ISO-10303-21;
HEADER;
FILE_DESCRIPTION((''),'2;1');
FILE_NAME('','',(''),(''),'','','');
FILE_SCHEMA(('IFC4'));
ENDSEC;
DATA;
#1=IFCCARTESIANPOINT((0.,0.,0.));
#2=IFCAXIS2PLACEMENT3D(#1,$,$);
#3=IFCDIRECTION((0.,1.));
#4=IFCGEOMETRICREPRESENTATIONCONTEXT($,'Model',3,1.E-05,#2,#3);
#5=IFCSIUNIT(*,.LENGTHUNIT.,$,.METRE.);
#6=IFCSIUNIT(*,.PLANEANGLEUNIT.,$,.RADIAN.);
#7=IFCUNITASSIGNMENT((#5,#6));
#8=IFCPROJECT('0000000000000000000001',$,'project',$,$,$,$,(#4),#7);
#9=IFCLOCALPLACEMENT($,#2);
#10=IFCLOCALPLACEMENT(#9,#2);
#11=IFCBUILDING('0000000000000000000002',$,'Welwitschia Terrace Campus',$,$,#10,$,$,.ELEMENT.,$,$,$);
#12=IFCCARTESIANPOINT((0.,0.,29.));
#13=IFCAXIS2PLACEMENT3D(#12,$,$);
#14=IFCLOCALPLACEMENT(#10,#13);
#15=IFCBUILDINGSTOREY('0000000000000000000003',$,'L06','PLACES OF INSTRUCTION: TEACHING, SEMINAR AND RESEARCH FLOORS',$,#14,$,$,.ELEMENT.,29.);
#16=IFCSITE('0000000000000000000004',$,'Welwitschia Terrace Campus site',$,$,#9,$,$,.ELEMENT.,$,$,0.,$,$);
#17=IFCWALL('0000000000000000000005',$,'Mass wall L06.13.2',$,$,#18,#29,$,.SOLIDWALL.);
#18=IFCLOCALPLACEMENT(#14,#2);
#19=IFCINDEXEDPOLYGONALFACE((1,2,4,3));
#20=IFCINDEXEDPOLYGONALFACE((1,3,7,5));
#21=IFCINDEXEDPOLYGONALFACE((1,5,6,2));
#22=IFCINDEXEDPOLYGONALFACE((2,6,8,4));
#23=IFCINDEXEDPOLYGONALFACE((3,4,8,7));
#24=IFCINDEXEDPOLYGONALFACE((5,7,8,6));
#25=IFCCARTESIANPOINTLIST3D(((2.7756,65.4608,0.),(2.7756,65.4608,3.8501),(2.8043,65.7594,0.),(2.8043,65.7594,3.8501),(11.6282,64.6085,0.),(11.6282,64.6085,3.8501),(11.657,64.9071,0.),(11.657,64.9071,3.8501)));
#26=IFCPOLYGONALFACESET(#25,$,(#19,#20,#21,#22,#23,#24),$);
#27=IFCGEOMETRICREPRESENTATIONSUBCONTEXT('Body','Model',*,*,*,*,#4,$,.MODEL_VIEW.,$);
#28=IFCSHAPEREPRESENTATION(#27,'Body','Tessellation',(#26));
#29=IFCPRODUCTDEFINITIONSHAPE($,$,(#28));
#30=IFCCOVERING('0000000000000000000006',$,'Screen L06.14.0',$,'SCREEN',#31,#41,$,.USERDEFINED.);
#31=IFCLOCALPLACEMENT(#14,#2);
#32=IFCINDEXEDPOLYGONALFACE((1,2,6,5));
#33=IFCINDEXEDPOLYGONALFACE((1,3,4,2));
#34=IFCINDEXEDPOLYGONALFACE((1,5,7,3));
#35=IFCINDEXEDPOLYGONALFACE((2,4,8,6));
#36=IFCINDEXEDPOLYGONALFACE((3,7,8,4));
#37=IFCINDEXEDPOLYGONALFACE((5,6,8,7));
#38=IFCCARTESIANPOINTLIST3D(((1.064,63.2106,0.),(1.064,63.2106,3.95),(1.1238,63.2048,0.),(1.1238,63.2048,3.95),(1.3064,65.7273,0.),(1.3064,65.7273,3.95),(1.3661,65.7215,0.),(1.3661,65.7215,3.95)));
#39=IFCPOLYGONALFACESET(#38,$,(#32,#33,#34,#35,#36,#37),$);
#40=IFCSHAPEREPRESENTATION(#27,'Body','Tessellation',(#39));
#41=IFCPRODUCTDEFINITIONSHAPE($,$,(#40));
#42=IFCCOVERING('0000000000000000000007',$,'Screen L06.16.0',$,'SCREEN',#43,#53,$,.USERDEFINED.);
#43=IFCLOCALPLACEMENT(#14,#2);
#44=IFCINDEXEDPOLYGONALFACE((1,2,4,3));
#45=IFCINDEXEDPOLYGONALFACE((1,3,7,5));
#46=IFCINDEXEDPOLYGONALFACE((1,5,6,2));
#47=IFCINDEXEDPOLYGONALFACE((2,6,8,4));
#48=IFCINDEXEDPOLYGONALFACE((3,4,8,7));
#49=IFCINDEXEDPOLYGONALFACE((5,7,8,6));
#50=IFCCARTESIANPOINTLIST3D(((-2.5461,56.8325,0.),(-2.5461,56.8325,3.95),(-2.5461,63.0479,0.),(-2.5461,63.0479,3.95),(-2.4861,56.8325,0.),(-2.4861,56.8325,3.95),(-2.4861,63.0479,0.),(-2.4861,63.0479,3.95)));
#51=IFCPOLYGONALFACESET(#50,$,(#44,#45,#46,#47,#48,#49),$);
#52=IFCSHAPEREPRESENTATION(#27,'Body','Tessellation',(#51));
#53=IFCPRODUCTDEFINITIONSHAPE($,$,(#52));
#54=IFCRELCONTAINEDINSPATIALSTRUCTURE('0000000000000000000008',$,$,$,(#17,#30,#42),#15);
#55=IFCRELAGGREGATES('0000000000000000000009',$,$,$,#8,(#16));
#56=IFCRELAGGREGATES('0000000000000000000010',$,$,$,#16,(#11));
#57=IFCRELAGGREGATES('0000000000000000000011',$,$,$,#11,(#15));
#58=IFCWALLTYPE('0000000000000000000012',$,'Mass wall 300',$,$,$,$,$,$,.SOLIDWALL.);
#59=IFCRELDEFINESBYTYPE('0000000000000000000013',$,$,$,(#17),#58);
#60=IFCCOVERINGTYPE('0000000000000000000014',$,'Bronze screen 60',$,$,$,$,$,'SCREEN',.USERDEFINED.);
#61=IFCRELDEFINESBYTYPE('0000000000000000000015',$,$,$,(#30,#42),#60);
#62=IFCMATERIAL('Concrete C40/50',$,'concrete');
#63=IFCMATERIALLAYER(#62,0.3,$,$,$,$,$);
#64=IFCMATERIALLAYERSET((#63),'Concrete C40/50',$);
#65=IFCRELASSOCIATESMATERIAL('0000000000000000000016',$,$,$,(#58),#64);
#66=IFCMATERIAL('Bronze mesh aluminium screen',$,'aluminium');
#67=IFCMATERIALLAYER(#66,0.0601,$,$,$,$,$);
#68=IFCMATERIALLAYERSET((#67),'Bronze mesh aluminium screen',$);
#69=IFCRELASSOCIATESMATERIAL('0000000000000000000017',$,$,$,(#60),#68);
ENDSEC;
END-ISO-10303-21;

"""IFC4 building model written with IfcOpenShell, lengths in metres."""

from ifc_helpers import new_model, si_unit, direction, frame, frame_2d, origin, origin_2d, place, context, subcontext, project, spatial, rectangle, extrude, material, layer, layer_set, type_object, element, save


model = new_model("IFC4")

# Units and contexts
model_context = context("Model", 3, precision=1e-05, world=origin(), true_north=direction((0.0, 1.0)))
body_context = subcontext(model_context, "Body", "Model", "MODEL_VIEW")
ifc_project = project(units=[si_unit("LENGTHUNIT", "METRE"), si_unit("PLANEANGLEUNIT", "RADIAN")], contexts=[model_context])

# Site, building, storey
site_placement = place(None, origin())
site = spatial("IfcSite", under=ifc_project, at=site_placement, Name="Welwitschia Terrace Campus site", CompositionType="ELEMENT", RefElevation=0.0)
building_placement = place(site_placement, origin())
building = spatial("IfcBuilding", under=site, at=building_placement, Name="Welwitschia Terrace Campus", CompositionType="ELEMENT")
storey_placement = place(building_placement, frame((0.0, 0.0, 29.0)))
storey = spatial("IfcBuildingStorey", under=building, at=storey_placement, Name="L06", Description="PLACES OF INSTRUCTION: TEACHING, SEMINAR AND RESEARCH FLOORS", CompositionType="ELEMENT", Elevation=29.0)

# Wall
ifc_material_1 = material(Name="Concrete C40/50", Category="concrete")
ifc_layer_1 = layer(ifc_material_1, 0.3)
ifc_layer_set_1 = layer_set([ifc_layer_1], Name="Concrete C40/50")
wall_type_1 = type_object("IfcWallType", Name="Mass wall 300", PredefinedType="SOLIDWALL", material=ifc_layer_set_1)
wall_1_placement = place(storey_placement, frame((11.6426, 64.7578, 0.0), z_axis=(0.0, 0.0, 1.0), x_axis=(-0.995397, 0.095834, 0.0)))
element("IfcWall", 1, at=wall_1_placement, inside=storey, type_object=wall_type_1, Name="Mass wall L06.13.2", PredefinedType="SOLIDWALL", context=body_context, shape_type="SweptSolid", body=[
    extrude(rectangle(XDim=8.8936, YDim=0.3, at=frame_2d((4.4468, 0.0))), origin(), (0.0, 0.0, 1.0), 3.8501),
])

# Coverings
ifc_material_2 = material(Name="Bronze mesh aluminium screen", Category="aluminium")
ifc_layer_2 = layer(ifc_material_2, 0.0601)
ifc_layer_set_2 = layer_set([ifc_layer_2], Name="Bronze mesh aluminium screen")
covering_type = type_object("IfcCoveringType", Name="Bronze screen 60", ElementType="SCREEN", PredefinedType="USERDEFINED", material=ifc_layer_set_2)
covering_1_placement = place(storey_placement, frame((1.2151, 64.4661, 0.0), z_axis=(0.0, 0.0, 1.0), x_axis=(-0.095846, -0.995396, 0.0)))
element("IfcCovering", 2, at=covering_1_placement, inside=storey, type_object=covering_type, Name="Screen L06.14.0", ObjectType="SCREEN", PredefinedType="USERDEFINED", context=body_context, shape_type="SweptSolid", body=[
    extrude(rectangle(XDim=2.5283, YDim=0.0601, at=origin_2d()), origin(), (0.0, 0.0, 1.0), 3.95),
])
covering_2_placement = place(storey_placement, frame((-2.5161, 59.9402, 0.0), z_axis=(0.0, 0.0, 1.0), x_axis=(0.0, -1.0, 0.0)))
element("IfcCovering", 3, at=covering_2_placement, inside=storey, type_object=covering_type, Name="Screen L06.16.0", ObjectType="SCREEN", PredefinedType="USERDEFINED", context=body_context, shape_type="SweptSolid", body=[
    extrude(rectangle(XDim=6.2153, YDim=0.0601, at=origin_2d()), origin(), (0.0, 0.0, 1.0), 3.95),
])

save(model, "model.ifc")
